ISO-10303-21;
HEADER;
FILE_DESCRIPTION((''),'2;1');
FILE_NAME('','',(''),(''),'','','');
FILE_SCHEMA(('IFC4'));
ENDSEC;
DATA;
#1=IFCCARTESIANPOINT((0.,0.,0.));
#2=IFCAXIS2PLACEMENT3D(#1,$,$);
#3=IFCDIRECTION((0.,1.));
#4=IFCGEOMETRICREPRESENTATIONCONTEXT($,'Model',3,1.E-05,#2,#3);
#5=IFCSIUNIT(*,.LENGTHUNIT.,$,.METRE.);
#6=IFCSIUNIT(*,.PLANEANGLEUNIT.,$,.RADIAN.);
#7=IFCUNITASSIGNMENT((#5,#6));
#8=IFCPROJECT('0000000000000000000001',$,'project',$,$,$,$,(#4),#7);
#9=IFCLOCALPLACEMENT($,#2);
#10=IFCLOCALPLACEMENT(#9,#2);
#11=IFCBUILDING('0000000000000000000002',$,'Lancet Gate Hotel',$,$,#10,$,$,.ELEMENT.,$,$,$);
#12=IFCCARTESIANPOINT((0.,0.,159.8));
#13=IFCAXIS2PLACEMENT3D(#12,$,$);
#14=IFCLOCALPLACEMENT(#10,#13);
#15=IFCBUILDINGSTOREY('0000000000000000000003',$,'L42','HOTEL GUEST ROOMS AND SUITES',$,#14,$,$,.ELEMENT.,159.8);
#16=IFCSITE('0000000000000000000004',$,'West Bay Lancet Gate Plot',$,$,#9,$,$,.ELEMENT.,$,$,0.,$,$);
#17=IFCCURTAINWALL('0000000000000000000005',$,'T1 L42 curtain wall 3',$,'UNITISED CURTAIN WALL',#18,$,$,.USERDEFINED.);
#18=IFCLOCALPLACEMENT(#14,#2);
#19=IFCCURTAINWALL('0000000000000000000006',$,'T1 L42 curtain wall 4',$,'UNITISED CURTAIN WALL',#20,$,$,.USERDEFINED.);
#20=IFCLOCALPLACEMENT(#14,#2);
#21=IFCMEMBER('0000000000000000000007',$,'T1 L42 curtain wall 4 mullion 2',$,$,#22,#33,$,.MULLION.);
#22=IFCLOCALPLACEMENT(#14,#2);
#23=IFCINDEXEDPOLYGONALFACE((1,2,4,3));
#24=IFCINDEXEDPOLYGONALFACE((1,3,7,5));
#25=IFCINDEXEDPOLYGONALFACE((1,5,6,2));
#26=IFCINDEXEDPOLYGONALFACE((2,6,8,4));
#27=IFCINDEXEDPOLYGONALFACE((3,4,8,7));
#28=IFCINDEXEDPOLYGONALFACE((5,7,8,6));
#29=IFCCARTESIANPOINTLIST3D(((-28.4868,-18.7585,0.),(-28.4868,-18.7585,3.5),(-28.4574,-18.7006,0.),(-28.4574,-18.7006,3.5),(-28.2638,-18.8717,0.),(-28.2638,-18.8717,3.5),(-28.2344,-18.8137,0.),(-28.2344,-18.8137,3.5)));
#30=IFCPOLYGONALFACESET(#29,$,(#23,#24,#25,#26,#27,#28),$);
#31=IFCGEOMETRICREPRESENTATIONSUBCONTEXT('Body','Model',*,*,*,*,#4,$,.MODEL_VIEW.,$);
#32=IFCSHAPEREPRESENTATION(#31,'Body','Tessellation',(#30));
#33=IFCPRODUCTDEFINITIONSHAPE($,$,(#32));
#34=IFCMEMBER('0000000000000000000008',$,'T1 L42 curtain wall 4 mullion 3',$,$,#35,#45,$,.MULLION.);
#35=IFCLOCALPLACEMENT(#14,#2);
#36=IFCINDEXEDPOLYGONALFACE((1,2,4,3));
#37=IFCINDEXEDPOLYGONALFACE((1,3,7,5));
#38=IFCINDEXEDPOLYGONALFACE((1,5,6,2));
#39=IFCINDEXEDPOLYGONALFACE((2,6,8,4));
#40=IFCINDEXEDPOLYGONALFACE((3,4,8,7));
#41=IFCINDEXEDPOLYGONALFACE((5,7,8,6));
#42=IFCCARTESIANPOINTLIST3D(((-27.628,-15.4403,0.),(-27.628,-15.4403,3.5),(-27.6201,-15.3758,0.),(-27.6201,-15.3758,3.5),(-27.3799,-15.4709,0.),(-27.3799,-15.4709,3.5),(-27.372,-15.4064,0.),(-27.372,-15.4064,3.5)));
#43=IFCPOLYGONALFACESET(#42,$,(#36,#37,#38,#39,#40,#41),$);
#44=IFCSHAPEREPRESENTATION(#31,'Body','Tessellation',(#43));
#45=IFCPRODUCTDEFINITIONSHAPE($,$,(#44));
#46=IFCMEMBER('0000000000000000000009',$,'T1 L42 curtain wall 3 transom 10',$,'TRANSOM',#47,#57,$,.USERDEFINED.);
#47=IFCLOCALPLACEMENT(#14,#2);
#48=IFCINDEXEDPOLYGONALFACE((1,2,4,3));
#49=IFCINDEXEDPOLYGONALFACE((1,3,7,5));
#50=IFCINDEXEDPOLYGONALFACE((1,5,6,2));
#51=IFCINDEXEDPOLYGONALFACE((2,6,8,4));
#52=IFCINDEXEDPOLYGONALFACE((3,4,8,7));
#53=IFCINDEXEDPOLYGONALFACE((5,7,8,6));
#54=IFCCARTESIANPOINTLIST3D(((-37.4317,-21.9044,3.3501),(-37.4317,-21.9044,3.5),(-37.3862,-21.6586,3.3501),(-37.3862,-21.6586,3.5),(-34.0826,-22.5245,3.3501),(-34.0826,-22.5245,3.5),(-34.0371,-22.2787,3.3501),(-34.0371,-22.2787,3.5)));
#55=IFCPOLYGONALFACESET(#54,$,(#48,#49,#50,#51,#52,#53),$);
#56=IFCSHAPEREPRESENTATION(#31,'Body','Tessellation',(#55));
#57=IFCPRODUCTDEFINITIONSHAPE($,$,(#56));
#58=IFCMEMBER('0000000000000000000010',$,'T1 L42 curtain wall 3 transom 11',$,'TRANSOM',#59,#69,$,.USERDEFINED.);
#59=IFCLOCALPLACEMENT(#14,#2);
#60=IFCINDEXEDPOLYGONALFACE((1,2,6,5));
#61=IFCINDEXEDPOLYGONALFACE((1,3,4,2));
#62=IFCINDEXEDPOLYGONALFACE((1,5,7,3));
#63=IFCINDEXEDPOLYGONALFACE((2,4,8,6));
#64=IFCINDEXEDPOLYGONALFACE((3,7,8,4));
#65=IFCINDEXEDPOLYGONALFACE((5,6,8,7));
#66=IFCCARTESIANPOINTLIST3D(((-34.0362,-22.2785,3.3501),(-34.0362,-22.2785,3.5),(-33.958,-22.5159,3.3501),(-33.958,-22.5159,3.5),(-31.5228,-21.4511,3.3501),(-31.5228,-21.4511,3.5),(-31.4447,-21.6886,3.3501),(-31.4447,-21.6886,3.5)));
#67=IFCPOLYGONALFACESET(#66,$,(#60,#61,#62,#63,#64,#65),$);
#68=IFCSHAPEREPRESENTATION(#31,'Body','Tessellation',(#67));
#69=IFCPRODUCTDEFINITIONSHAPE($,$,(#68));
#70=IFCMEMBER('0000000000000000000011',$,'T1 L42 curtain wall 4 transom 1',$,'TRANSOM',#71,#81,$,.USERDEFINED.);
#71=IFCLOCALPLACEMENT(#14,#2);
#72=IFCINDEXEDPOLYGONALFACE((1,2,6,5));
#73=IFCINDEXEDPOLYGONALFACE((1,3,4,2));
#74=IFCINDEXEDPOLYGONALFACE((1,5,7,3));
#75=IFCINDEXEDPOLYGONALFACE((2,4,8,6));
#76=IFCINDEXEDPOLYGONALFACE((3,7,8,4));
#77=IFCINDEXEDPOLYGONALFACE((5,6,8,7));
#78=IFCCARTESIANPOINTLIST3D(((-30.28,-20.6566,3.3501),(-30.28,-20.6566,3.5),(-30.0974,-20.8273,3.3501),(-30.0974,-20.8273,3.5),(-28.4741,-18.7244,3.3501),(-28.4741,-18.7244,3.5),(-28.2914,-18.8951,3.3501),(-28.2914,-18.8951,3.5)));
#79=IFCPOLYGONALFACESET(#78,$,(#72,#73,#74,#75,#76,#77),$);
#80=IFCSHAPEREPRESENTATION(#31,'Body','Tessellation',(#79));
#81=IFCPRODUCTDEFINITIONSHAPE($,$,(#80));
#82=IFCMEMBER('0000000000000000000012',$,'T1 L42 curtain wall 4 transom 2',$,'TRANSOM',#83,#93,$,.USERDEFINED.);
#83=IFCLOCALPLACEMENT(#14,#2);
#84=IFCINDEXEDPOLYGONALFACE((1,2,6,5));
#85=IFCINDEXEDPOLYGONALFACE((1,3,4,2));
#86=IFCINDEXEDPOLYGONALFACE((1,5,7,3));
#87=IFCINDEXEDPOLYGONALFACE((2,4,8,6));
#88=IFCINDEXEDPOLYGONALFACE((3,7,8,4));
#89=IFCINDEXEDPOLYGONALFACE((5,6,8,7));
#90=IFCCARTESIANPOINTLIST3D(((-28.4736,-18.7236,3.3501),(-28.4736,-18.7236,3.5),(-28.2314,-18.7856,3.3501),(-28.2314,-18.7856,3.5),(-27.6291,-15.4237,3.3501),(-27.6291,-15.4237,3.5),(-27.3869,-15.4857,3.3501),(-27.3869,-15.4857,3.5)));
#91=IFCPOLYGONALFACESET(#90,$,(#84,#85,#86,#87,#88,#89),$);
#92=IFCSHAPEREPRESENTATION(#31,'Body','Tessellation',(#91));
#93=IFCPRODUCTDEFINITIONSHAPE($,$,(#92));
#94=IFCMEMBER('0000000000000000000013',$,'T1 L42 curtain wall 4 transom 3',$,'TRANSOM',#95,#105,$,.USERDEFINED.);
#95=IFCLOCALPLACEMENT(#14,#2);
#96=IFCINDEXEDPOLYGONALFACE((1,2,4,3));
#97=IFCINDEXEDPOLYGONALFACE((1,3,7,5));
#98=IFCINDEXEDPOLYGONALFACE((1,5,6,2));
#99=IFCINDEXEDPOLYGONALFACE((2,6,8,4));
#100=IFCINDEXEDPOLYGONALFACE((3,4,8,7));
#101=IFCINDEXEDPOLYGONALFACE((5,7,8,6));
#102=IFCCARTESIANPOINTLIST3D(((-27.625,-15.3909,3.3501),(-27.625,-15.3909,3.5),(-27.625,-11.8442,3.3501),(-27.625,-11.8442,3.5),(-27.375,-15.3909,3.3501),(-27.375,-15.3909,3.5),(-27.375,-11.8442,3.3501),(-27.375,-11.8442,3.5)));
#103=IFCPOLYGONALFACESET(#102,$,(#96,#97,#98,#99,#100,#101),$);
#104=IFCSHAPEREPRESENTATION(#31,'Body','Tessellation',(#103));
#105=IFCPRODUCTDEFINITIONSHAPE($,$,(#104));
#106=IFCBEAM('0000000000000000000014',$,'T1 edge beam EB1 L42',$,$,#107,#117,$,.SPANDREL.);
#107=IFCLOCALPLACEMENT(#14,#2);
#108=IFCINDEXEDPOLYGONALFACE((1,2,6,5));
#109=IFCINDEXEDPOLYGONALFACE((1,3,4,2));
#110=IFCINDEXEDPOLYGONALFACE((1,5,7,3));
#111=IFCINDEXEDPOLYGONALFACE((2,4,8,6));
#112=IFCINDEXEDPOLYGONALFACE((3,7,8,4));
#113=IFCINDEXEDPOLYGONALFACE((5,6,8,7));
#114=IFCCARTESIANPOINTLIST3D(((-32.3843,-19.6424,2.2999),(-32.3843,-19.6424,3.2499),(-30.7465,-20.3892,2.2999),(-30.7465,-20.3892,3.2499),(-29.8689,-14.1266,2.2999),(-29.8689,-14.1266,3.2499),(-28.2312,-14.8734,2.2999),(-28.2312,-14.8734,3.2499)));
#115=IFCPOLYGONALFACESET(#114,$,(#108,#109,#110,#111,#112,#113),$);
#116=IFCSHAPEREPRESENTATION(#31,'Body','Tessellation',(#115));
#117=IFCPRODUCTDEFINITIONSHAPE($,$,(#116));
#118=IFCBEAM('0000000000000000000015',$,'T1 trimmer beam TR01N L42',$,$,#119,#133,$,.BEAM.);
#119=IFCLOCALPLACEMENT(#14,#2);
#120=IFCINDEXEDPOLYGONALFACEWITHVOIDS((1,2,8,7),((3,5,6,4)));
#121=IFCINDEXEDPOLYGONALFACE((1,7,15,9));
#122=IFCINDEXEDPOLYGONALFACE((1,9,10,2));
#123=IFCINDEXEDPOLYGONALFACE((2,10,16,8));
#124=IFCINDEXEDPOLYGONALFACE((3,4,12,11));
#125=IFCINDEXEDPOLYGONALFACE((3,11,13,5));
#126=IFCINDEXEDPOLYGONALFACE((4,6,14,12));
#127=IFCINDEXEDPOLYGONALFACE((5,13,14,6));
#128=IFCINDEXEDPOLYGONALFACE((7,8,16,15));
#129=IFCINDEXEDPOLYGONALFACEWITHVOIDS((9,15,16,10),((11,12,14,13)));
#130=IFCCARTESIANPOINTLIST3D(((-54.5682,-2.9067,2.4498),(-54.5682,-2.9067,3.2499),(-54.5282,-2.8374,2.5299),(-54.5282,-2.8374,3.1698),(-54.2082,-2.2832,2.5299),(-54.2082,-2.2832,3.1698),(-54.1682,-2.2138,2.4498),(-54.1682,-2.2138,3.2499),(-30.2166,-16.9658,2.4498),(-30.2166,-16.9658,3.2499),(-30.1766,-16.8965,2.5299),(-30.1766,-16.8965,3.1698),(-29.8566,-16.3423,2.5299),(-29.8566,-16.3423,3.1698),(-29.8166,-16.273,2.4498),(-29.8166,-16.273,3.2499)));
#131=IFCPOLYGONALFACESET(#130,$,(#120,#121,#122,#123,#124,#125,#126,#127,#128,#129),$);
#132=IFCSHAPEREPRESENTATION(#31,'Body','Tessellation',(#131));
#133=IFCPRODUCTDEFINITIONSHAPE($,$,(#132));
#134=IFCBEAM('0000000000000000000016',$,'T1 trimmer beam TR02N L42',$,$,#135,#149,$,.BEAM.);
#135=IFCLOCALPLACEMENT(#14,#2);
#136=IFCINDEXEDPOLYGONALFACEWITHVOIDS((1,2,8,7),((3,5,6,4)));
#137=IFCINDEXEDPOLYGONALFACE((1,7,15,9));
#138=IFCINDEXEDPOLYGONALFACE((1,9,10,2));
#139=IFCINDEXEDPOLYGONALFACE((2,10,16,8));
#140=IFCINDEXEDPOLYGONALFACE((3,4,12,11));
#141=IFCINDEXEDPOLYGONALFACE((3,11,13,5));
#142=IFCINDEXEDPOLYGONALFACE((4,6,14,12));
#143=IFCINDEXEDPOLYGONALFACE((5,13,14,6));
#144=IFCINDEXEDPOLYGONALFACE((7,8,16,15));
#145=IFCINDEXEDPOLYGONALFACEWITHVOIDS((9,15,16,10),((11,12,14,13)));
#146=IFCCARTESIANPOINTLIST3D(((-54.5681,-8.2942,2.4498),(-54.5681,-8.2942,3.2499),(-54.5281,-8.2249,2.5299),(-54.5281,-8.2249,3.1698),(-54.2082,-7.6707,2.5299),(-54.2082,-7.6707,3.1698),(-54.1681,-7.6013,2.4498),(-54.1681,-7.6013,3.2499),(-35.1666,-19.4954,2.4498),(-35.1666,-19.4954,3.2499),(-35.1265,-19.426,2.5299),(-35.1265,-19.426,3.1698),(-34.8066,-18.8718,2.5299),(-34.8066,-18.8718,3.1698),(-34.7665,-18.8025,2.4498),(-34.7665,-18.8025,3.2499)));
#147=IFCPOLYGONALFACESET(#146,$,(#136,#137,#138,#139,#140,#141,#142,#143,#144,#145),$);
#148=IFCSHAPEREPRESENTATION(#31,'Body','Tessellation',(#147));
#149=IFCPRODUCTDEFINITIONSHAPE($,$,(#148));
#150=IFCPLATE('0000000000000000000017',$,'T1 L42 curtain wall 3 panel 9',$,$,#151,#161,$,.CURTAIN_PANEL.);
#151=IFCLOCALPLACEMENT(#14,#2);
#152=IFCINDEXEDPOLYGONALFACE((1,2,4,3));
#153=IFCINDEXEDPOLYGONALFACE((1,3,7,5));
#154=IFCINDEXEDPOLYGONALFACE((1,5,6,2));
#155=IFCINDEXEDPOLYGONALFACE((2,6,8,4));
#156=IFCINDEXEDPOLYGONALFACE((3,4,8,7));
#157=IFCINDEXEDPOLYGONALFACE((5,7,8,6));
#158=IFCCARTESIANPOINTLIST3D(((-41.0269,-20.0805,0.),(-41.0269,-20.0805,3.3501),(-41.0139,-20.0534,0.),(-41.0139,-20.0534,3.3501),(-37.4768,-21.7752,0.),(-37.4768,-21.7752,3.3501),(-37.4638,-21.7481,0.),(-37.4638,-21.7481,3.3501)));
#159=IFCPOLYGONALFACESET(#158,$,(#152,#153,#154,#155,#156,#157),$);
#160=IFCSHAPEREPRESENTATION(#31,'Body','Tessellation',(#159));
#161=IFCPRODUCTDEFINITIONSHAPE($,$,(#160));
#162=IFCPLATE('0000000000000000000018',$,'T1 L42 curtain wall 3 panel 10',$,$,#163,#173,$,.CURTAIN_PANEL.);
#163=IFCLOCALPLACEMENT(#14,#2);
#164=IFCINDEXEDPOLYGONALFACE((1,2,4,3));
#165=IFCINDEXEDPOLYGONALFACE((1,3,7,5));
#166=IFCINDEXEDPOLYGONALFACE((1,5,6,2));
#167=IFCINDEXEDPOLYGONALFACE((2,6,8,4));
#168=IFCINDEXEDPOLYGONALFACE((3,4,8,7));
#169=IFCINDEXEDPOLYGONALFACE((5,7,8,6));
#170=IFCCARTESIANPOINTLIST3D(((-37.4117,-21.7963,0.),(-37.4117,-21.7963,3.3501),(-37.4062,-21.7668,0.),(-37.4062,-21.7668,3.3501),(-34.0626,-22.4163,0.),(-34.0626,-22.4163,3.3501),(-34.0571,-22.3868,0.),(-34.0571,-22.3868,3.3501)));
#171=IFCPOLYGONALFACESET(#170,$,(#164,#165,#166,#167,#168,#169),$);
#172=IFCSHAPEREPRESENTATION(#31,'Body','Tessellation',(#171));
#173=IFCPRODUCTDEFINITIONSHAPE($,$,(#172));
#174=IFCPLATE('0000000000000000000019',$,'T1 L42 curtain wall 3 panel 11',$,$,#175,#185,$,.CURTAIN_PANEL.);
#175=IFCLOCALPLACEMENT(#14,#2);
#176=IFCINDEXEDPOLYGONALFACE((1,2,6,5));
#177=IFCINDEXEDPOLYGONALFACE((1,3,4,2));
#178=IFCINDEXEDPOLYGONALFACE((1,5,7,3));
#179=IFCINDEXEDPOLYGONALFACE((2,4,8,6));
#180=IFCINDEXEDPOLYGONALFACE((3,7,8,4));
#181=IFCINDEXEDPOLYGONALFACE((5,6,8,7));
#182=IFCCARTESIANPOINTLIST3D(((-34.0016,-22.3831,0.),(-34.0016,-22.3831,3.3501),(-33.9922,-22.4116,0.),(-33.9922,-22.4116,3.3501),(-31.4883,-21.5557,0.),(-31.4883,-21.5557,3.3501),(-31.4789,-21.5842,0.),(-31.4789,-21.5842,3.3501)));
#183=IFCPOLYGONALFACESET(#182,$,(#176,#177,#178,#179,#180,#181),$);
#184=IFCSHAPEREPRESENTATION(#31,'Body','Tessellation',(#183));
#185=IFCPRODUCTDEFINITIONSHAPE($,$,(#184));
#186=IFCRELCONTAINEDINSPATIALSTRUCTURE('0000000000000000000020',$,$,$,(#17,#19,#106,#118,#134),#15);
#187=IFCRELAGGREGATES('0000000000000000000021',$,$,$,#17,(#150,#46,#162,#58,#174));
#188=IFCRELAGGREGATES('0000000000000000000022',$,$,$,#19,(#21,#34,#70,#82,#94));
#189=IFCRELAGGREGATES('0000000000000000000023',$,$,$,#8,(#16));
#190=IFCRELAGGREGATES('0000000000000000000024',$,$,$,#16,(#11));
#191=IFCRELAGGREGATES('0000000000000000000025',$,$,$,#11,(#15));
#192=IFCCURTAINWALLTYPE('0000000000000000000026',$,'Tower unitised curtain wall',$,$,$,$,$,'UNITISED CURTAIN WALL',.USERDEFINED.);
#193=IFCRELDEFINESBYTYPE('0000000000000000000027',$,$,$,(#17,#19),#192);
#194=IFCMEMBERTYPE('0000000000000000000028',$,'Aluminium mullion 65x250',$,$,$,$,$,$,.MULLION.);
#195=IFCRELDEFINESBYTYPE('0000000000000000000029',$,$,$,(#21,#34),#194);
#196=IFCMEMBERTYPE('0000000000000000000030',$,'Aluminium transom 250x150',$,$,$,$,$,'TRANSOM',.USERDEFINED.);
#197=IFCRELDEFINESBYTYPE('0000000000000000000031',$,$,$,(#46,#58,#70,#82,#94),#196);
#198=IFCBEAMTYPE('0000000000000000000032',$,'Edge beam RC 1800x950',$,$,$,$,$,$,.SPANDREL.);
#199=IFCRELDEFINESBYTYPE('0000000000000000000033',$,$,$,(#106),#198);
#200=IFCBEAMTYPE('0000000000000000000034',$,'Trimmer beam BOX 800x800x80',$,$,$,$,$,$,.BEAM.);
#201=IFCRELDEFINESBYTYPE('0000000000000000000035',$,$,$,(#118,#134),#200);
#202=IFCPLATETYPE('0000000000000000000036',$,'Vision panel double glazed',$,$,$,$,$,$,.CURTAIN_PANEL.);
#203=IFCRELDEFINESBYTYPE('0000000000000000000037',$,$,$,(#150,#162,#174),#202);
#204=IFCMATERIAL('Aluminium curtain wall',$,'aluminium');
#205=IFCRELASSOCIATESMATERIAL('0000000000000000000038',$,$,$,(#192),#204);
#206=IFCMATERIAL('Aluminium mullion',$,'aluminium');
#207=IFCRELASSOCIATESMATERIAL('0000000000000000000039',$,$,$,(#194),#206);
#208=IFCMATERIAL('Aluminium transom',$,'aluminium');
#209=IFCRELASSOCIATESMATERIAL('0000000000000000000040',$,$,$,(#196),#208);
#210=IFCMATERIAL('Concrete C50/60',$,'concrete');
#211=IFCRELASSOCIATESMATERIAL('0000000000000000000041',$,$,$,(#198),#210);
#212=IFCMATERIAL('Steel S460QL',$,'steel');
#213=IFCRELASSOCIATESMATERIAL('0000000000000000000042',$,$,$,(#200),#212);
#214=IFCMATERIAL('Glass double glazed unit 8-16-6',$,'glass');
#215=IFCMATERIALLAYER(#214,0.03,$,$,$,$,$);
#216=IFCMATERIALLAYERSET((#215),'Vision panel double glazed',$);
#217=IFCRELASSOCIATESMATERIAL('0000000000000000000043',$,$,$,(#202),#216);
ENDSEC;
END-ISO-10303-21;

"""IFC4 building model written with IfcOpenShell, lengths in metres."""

from ifc_helpers import new_model, si_unit, direction, frame, origin, origin_2d, place, context, subcontext, project, spatial, rectangle, hollow_rectangle, extrude, material, layer, layer_set, material_profile, profile_set, type_object, element, aggregate, save


model = new_model("IFC4")

# Units and contexts
model_context = context("Model", 3, precision=1e-05, world=origin(), true_north=direction((0.0, 1.0)))
body_context = subcontext(model_context, "Body", "Model", "MODEL_VIEW")
ifc_project = project(units=[si_unit("LENGTHUNIT", "METRE"), si_unit("PLANEANGLEUNIT", "RADIAN")], contexts=[model_context])

# Site, building, storey
site_placement = place(None, origin())
site = spatial("IfcSite", under=ifc_project, at=site_placement, Name="West Bay Lancet Gate Plot", CompositionType="ELEMENT", RefElevation=0.0)
building_placement = place(site_placement, origin())
building = spatial("IfcBuilding", under=site, at=building_placement, Name="Lancet Gate Hotel", CompositionType="ELEMENT")
storey_placement = place(building_placement, frame((0.0, 0.0, 159.8)))
storey = spatial("IfcBuildingStorey", under=building, at=storey_placement, Name="L42", Description="HOTEL GUEST ROOMS AND SUITES", CompositionType="ELEMENT", Elevation=159.8)

# Curtain walls, members
ifc_material_1 = material(Name="Aluminium curtain wall", Category="aluminium")
curtain_wall_type = type_object("IfcCurtainWallType", Name="Tower unitised curtain wall", ElementType="UNITISED CURTAIN WALL", PredefinedType="USERDEFINED", material=ifc_material_1)
curtain_wall_1_placement = place(storey_placement, origin())
curtain_wall_1 = element("IfcCurtainWall", 1, at=curtain_wall_1_placement, inside=storey, type_object=curtain_wall_type, Name="T1 L42 curtain wall 3", ObjectType="UNITISED CURTAIN WALL", PredefinedType="USERDEFINED")
ifc_material_2 = material(Name="Aluminium mullion", Category="aluminium")
ifc_material_profile_1 = material_profile(ifc_material_2, rectangle(XDim=0.0649, YDim=0.25, at=origin_2d()), Name="MULLION 65x250")
ifc_profile_set_1 = profile_set([ifc_material_profile_1], Name="Aluminium mullion")
member_type_1 = type_object("IfcMemberType", Name="Aluminium mullion 65x250", PredefinedType="MULLION", material=ifc_profile_set_1)
curtain_wall_2_placement = place(storey_placement, origin())
curtain_wall_2 = element("IfcCurtainWall", 2, at=curtain_wall_2_placement, inside=storey, type_object=curtain_wall_type, Name="T1 L42 curtain wall 4", ObjectType="UNITISED CURTAIN WALL", PredefinedType="USERDEFINED")
member_1_placement = place(storey_placement, frame((-28.3606, -18.7861, 0.0), z_axis=(0.0, 0.0, 1.0), x_axis=(0.452508, 0.891761, 0.0)))
member_1 = element("IfcMember", 3, at=member_1_placement, type_object=member_type_1, Name="T1 L42 curtain wall 4 mullion 2", PredefinedType="MULLION", context=body_context, shape_type="SweptSolid", body=[
    extrude(rectangle(XDim=0.0649, YDim=0.25, at=origin_2d()), origin(), (0.0, 0.0, 1.0), 3.5),
])
member_2_placement = place(storey_placement, frame((-27.5, -15.4233, 0.0), z_axis=(0.0, 0.0, 1.0), x_axis=(0.122467, 0.992473, 0.0)))
member_2 = element("IfcMember", 4, at=member_2_placement, type_object=member_type_1, Name="T1 L42 curtain wall 4 mullion 3", PredefinedType="MULLION", context=body_context, shape_type="SweptSolid", body=[
    extrude(rectangle(XDim=0.0649, YDim=0.25, at=origin_2d()), origin(), (0.0, 0.0, 1.0), 3.5),
])

# Members
ifc_material_3 = material(Name="Aluminium transom", Category="aluminium")
ifc_material_profile_2 = material_profile(ifc_material_3, rectangle(XDim=0.25, YDim=0.1499, at=origin_2d()), Name="TRANSOM 250x150")
ifc_profile_set_2 = profile_set([ifc_material_profile_2], Name="Aluminium transom")
member_type_2 = type_object("IfcMemberType", Name="Aluminium transom 250x150", ElementType="TRANSOM", PredefinedType="USERDEFINED", material=ifc_profile_set_2)
member_3_placement = place(storey_placement, frame((-37.4089, -21.7815, 3.425), z_axis=(0.983287, -0.182064, 0.0), x_axis=(0.182064, 0.983287, 0.0)))
member_3 = element("IfcMember", 5, at=member_3_placement, type_object=member_type_2, Name="T1 L42 curtain wall 3 transom 10", ObjectType="TRANSOM", PredefinedType="USERDEFINED", context=body_context, shape_type="SweptSolid", body=[
    extrude(rectangle(XDim=0.25, YDim=0.1499, at=origin_2d()), origin(), (0.0, 0.0, 1.0), 3.406),
])
member_4_placement = place(storey_placement, frame((-33.9971, -22.3972, 3.425), z_axis=(0.949858, 0.312683, 0.0), x_axis=(-0.312683, 0.949858, 0.0)))
member_4 = element("IfcMember", 6, at=member_4_placement, type_object=member_type_2, Name="T1 L42 curtain wall 3 transom 11", ObjectType="TRANSOM", PredefinedType="USERDEFINED", context=body_context, shape_type="SweptSolid", body=[
    extrude(rectangle(XDim=0.25, YDim=0.1499, at=origin_2d()), origin(), (0.0, 0.0, 1.0), 2.646),
])
member_5_placement = place(storey_placement, frame((-30.1887, -20.7419, 3.425), z_axis=(0.682841, 0.730567, 0.0), x_axis=(-0.730567, 0.682841, 0.0)))
member_5 = element("IfcMember", 7, at=member_5_placement, type_object=member_type_2, Name="T1 L42 curtain wall 4 transom 1", ObjectType="TRANSOM", PredefinedType="USERDEFINED", context=body_context, shape_type="SweptSolid", body=[
    extrude(rectangle(XDim=0.25, YDim=0.1499, at=origin_2d()), origin(), (0.0, 0.0, 1.0), 2.6448),
])
member_6_placement = place(storey_placement, frame((-28.3525, -18.7546, 3.425), z_axis=(0.247929, 0.968778, 0.0), x_axis=(-0.968778, 0.247929, 0.0)))
member_6 = element("IfcMember", 8, at=member_6_placement, type_object=member_type_2, Name="T1 L42 curtain wall 4 transom 2", ObjectType="TRANSOM", PredefinedType="USERDEFINED", context=body_context, shape_type="SweptSolid", body=[
    extrude(rectangle(XDim=0.25, YDim=0.1499, at=origin_2d()), origin(), (0.0, 0.0, 1.0), 3.4062),
])
member_7_placement = place(storey_placement, frame((-27.5, -15.3909, 3.425), z_axis=(0.0, 1.0, 0.0), x_axis=(-1.0, 0.0, 0.0)))
member_7 = element("IfcMember", 9, at=member_7_placement, type_object=member_type_2, Name="T1 L42 curtain wall 4 transom 3", ObjectType="TRANSOM", PredefinedType="USERDEFINED", context=body_context, shape_type="SweptSolid", body=[
    extrude(rectangle(XDim=0.25, YDim=0.1499, at=origin_2d()), origin(), (0.0, 0.0, 1.0), 3.5466),
])

# Beams
ifc_material_4 = material(Name="Concrete C50/60", Category="concrete")
ifc_material_profile_3 = material_profile(ifc_material_4, rectangle(XDim=1.8, YDim=0.95, at=origin_2d()), Name="RC 1800x950")
ifc_profile_set_3 = profile_set([ifc_material_profile_3], Name="Concrete C50/60")
beam_type_1 = type_object("IfcBeamType", Name="Edge beam RC 1800x950", PredefinedType="SPANDREL", material=ifc_profile_set_3)
beam_1_placement = place(storey_placement, frame((-29.05, -14.5, 2.7749), z_axis=(-0.414919, -0.909858, 0.0), x_axis=(0.909858, -0.414919, 0.0)))
element("IfcBeam", 10, at=beam_1_placement, inside=storey, type_object=beam_type_1, Name="T1 edge beam EB1 L42", PredefinedType="SPANDREL", context=body_context, shape_type="SweptSolid", body=[
    extrude(rectangle(XDim=1.8, YDim=0.95, at=origin_2d()), origin(), (0.0, 0.0, 1.0), 6.0623),
])
ifc_material_5 = material(Name="Steel S460QL", Category="steel")
ifc_material_profile_4 = material_profile(ifc_material_5, hollow_rectangle(XDim=0.8, YDim=0.8, WallThickness=0.0801, at=origin_2d()), Name="BOX 800x800x80")
ifc_profile_set_4 = profile_set([ifc_material_profile_4], Name="Steel S460QL")
beam_type_2 = type_object("IfcBeamType", Name="Trimmer beam BOX 800x800x80", PredefinedType="BEAM", material=ifc_profile_set_4)
beam_2_placement = place(storey_placement, frame((-30.0166, -16.6194, 2.8499), z_axis=(-0.86603, 0.499992, 0.0), x_axis=(-0.499992, -0.86603, 0.0)))
element("IfcBeam", 11, at=beam_2_placement, inside=storey, type_object=beam_type_2, Name="T1 trimmer beam TR01N L42", PredefinedType="BEAM", context=body_context, shape_type="SweptSolid", body=[
    extrude(hollow_rectangle(XDim=0.8, YDim=0.8, WallThickness=0.0801, at=origin_2d()), origin(), (0.0, 0.0, 1.0), 28.1187),
])
beam_3_placement = place(storey_placement, frame((-34.9666, -19.1489, 2.8499), z_axis=(-0.866032, 0.499988, 0.0), x_axis=(-0.499988, -0.866032, 0.0)))
element("IfcBeam", 12, at=beam_3_placement, inside=storey, type_object=beam_type_2, Name="T1 trimmer beam TR02N L42", PredefinedType="BEAM", context=body_context, shape_type="SweptSolid", body=[
    extrude(hollow_rectangle(XDim=0.8, YDim=0.8, WallThickness=0.0801, at=origin_2d()), origin(), (0.0, 0.0, 1.0), 22.4028),
])

# Plates
ifc_material_6 = material(Name="Glass double glazed unit 8-16-6", Category="glass")
ifc_layer_1 = layer(ifc_material_6, 0.03)
ifc_layer_set_1 = layer_set([ifc_layer_1], Name="Vision panel double glazed")
plate_type = type_object("IfcPlateType", Name="Vision panel double glazed", PredefinedType="CURTAIN_PANEL", material=ifc_layer_set_1)
plate_1_placement = place(storey_placement, frame((-39.2454, -20.9143, 0.0), z_axis=(0.0, 0.0, 1.0), x_axis=(0.902454, -0.430787, 0.0)))
plate_1 = element("IfcPlate", 13, at=plate_1_placement, type_object=plate_type, Name="T1 L42 curtain wall 3 panel 9", PredefinedType="CURTAIN_PANEL", context=body_context, shape_type="SweptSolid", body=[
    extrude(rectangle(XDim=3.9338, YDim=0.03, at=origin_2d()), origin(), (0.0, 0.0, 1.0), 3.3501),
])
plate_2_placement = place(storey_placement, frame((-35.7344, -22.0916, 0.0), z_axis=(0.0, 0.0, 1.0), x_axis=(0.983292, -0.182033, 0.0)))
plate_2 = element("IfcPlate", 14, at=plate_2_placement, type_object=plate_type, Name="T1 L42 curtain wall 3 panel 10", PredefinedType="CURTAIN_PANEL", context=body_context, shape_type="SweptSolid", body=[
    extrude(rectangle(XDim=3.406, YDim=0.03, at=origin_2d()), origin(), (0.0, 0.0, 1.0), 3.3501),
])
plate_3_placement = place(storey_placement, frame((-32.7402, -21.9836, 0.0), z_axis=(0.0, 0.0, 1.0), x_axis=(0.949848, 0.312712, 0.0)))
plate_3 = element("IfcPlate", 15, at=plate_3_placement, type_object=plate_type, Name="T1 L42 curtain wall 3 panel 11", PredefinedType="CURTAIN_PANEL", context=body_context, shape_type="SweptSolid", body=[
    extrude(rectangle(XDim=2.646, YDim=0.03, at=origin_2d()), origin(), (0.0, 0.0, 1.0), 3.3501),
])
aggregate(curtain_wall_1, [plate_1, member_3, plate_2, member_4, plate_3])
aggregate(curtain_wall_2, [member_1, member_2, member_5, member_6, member_7])

save(model, "model.ifc")
